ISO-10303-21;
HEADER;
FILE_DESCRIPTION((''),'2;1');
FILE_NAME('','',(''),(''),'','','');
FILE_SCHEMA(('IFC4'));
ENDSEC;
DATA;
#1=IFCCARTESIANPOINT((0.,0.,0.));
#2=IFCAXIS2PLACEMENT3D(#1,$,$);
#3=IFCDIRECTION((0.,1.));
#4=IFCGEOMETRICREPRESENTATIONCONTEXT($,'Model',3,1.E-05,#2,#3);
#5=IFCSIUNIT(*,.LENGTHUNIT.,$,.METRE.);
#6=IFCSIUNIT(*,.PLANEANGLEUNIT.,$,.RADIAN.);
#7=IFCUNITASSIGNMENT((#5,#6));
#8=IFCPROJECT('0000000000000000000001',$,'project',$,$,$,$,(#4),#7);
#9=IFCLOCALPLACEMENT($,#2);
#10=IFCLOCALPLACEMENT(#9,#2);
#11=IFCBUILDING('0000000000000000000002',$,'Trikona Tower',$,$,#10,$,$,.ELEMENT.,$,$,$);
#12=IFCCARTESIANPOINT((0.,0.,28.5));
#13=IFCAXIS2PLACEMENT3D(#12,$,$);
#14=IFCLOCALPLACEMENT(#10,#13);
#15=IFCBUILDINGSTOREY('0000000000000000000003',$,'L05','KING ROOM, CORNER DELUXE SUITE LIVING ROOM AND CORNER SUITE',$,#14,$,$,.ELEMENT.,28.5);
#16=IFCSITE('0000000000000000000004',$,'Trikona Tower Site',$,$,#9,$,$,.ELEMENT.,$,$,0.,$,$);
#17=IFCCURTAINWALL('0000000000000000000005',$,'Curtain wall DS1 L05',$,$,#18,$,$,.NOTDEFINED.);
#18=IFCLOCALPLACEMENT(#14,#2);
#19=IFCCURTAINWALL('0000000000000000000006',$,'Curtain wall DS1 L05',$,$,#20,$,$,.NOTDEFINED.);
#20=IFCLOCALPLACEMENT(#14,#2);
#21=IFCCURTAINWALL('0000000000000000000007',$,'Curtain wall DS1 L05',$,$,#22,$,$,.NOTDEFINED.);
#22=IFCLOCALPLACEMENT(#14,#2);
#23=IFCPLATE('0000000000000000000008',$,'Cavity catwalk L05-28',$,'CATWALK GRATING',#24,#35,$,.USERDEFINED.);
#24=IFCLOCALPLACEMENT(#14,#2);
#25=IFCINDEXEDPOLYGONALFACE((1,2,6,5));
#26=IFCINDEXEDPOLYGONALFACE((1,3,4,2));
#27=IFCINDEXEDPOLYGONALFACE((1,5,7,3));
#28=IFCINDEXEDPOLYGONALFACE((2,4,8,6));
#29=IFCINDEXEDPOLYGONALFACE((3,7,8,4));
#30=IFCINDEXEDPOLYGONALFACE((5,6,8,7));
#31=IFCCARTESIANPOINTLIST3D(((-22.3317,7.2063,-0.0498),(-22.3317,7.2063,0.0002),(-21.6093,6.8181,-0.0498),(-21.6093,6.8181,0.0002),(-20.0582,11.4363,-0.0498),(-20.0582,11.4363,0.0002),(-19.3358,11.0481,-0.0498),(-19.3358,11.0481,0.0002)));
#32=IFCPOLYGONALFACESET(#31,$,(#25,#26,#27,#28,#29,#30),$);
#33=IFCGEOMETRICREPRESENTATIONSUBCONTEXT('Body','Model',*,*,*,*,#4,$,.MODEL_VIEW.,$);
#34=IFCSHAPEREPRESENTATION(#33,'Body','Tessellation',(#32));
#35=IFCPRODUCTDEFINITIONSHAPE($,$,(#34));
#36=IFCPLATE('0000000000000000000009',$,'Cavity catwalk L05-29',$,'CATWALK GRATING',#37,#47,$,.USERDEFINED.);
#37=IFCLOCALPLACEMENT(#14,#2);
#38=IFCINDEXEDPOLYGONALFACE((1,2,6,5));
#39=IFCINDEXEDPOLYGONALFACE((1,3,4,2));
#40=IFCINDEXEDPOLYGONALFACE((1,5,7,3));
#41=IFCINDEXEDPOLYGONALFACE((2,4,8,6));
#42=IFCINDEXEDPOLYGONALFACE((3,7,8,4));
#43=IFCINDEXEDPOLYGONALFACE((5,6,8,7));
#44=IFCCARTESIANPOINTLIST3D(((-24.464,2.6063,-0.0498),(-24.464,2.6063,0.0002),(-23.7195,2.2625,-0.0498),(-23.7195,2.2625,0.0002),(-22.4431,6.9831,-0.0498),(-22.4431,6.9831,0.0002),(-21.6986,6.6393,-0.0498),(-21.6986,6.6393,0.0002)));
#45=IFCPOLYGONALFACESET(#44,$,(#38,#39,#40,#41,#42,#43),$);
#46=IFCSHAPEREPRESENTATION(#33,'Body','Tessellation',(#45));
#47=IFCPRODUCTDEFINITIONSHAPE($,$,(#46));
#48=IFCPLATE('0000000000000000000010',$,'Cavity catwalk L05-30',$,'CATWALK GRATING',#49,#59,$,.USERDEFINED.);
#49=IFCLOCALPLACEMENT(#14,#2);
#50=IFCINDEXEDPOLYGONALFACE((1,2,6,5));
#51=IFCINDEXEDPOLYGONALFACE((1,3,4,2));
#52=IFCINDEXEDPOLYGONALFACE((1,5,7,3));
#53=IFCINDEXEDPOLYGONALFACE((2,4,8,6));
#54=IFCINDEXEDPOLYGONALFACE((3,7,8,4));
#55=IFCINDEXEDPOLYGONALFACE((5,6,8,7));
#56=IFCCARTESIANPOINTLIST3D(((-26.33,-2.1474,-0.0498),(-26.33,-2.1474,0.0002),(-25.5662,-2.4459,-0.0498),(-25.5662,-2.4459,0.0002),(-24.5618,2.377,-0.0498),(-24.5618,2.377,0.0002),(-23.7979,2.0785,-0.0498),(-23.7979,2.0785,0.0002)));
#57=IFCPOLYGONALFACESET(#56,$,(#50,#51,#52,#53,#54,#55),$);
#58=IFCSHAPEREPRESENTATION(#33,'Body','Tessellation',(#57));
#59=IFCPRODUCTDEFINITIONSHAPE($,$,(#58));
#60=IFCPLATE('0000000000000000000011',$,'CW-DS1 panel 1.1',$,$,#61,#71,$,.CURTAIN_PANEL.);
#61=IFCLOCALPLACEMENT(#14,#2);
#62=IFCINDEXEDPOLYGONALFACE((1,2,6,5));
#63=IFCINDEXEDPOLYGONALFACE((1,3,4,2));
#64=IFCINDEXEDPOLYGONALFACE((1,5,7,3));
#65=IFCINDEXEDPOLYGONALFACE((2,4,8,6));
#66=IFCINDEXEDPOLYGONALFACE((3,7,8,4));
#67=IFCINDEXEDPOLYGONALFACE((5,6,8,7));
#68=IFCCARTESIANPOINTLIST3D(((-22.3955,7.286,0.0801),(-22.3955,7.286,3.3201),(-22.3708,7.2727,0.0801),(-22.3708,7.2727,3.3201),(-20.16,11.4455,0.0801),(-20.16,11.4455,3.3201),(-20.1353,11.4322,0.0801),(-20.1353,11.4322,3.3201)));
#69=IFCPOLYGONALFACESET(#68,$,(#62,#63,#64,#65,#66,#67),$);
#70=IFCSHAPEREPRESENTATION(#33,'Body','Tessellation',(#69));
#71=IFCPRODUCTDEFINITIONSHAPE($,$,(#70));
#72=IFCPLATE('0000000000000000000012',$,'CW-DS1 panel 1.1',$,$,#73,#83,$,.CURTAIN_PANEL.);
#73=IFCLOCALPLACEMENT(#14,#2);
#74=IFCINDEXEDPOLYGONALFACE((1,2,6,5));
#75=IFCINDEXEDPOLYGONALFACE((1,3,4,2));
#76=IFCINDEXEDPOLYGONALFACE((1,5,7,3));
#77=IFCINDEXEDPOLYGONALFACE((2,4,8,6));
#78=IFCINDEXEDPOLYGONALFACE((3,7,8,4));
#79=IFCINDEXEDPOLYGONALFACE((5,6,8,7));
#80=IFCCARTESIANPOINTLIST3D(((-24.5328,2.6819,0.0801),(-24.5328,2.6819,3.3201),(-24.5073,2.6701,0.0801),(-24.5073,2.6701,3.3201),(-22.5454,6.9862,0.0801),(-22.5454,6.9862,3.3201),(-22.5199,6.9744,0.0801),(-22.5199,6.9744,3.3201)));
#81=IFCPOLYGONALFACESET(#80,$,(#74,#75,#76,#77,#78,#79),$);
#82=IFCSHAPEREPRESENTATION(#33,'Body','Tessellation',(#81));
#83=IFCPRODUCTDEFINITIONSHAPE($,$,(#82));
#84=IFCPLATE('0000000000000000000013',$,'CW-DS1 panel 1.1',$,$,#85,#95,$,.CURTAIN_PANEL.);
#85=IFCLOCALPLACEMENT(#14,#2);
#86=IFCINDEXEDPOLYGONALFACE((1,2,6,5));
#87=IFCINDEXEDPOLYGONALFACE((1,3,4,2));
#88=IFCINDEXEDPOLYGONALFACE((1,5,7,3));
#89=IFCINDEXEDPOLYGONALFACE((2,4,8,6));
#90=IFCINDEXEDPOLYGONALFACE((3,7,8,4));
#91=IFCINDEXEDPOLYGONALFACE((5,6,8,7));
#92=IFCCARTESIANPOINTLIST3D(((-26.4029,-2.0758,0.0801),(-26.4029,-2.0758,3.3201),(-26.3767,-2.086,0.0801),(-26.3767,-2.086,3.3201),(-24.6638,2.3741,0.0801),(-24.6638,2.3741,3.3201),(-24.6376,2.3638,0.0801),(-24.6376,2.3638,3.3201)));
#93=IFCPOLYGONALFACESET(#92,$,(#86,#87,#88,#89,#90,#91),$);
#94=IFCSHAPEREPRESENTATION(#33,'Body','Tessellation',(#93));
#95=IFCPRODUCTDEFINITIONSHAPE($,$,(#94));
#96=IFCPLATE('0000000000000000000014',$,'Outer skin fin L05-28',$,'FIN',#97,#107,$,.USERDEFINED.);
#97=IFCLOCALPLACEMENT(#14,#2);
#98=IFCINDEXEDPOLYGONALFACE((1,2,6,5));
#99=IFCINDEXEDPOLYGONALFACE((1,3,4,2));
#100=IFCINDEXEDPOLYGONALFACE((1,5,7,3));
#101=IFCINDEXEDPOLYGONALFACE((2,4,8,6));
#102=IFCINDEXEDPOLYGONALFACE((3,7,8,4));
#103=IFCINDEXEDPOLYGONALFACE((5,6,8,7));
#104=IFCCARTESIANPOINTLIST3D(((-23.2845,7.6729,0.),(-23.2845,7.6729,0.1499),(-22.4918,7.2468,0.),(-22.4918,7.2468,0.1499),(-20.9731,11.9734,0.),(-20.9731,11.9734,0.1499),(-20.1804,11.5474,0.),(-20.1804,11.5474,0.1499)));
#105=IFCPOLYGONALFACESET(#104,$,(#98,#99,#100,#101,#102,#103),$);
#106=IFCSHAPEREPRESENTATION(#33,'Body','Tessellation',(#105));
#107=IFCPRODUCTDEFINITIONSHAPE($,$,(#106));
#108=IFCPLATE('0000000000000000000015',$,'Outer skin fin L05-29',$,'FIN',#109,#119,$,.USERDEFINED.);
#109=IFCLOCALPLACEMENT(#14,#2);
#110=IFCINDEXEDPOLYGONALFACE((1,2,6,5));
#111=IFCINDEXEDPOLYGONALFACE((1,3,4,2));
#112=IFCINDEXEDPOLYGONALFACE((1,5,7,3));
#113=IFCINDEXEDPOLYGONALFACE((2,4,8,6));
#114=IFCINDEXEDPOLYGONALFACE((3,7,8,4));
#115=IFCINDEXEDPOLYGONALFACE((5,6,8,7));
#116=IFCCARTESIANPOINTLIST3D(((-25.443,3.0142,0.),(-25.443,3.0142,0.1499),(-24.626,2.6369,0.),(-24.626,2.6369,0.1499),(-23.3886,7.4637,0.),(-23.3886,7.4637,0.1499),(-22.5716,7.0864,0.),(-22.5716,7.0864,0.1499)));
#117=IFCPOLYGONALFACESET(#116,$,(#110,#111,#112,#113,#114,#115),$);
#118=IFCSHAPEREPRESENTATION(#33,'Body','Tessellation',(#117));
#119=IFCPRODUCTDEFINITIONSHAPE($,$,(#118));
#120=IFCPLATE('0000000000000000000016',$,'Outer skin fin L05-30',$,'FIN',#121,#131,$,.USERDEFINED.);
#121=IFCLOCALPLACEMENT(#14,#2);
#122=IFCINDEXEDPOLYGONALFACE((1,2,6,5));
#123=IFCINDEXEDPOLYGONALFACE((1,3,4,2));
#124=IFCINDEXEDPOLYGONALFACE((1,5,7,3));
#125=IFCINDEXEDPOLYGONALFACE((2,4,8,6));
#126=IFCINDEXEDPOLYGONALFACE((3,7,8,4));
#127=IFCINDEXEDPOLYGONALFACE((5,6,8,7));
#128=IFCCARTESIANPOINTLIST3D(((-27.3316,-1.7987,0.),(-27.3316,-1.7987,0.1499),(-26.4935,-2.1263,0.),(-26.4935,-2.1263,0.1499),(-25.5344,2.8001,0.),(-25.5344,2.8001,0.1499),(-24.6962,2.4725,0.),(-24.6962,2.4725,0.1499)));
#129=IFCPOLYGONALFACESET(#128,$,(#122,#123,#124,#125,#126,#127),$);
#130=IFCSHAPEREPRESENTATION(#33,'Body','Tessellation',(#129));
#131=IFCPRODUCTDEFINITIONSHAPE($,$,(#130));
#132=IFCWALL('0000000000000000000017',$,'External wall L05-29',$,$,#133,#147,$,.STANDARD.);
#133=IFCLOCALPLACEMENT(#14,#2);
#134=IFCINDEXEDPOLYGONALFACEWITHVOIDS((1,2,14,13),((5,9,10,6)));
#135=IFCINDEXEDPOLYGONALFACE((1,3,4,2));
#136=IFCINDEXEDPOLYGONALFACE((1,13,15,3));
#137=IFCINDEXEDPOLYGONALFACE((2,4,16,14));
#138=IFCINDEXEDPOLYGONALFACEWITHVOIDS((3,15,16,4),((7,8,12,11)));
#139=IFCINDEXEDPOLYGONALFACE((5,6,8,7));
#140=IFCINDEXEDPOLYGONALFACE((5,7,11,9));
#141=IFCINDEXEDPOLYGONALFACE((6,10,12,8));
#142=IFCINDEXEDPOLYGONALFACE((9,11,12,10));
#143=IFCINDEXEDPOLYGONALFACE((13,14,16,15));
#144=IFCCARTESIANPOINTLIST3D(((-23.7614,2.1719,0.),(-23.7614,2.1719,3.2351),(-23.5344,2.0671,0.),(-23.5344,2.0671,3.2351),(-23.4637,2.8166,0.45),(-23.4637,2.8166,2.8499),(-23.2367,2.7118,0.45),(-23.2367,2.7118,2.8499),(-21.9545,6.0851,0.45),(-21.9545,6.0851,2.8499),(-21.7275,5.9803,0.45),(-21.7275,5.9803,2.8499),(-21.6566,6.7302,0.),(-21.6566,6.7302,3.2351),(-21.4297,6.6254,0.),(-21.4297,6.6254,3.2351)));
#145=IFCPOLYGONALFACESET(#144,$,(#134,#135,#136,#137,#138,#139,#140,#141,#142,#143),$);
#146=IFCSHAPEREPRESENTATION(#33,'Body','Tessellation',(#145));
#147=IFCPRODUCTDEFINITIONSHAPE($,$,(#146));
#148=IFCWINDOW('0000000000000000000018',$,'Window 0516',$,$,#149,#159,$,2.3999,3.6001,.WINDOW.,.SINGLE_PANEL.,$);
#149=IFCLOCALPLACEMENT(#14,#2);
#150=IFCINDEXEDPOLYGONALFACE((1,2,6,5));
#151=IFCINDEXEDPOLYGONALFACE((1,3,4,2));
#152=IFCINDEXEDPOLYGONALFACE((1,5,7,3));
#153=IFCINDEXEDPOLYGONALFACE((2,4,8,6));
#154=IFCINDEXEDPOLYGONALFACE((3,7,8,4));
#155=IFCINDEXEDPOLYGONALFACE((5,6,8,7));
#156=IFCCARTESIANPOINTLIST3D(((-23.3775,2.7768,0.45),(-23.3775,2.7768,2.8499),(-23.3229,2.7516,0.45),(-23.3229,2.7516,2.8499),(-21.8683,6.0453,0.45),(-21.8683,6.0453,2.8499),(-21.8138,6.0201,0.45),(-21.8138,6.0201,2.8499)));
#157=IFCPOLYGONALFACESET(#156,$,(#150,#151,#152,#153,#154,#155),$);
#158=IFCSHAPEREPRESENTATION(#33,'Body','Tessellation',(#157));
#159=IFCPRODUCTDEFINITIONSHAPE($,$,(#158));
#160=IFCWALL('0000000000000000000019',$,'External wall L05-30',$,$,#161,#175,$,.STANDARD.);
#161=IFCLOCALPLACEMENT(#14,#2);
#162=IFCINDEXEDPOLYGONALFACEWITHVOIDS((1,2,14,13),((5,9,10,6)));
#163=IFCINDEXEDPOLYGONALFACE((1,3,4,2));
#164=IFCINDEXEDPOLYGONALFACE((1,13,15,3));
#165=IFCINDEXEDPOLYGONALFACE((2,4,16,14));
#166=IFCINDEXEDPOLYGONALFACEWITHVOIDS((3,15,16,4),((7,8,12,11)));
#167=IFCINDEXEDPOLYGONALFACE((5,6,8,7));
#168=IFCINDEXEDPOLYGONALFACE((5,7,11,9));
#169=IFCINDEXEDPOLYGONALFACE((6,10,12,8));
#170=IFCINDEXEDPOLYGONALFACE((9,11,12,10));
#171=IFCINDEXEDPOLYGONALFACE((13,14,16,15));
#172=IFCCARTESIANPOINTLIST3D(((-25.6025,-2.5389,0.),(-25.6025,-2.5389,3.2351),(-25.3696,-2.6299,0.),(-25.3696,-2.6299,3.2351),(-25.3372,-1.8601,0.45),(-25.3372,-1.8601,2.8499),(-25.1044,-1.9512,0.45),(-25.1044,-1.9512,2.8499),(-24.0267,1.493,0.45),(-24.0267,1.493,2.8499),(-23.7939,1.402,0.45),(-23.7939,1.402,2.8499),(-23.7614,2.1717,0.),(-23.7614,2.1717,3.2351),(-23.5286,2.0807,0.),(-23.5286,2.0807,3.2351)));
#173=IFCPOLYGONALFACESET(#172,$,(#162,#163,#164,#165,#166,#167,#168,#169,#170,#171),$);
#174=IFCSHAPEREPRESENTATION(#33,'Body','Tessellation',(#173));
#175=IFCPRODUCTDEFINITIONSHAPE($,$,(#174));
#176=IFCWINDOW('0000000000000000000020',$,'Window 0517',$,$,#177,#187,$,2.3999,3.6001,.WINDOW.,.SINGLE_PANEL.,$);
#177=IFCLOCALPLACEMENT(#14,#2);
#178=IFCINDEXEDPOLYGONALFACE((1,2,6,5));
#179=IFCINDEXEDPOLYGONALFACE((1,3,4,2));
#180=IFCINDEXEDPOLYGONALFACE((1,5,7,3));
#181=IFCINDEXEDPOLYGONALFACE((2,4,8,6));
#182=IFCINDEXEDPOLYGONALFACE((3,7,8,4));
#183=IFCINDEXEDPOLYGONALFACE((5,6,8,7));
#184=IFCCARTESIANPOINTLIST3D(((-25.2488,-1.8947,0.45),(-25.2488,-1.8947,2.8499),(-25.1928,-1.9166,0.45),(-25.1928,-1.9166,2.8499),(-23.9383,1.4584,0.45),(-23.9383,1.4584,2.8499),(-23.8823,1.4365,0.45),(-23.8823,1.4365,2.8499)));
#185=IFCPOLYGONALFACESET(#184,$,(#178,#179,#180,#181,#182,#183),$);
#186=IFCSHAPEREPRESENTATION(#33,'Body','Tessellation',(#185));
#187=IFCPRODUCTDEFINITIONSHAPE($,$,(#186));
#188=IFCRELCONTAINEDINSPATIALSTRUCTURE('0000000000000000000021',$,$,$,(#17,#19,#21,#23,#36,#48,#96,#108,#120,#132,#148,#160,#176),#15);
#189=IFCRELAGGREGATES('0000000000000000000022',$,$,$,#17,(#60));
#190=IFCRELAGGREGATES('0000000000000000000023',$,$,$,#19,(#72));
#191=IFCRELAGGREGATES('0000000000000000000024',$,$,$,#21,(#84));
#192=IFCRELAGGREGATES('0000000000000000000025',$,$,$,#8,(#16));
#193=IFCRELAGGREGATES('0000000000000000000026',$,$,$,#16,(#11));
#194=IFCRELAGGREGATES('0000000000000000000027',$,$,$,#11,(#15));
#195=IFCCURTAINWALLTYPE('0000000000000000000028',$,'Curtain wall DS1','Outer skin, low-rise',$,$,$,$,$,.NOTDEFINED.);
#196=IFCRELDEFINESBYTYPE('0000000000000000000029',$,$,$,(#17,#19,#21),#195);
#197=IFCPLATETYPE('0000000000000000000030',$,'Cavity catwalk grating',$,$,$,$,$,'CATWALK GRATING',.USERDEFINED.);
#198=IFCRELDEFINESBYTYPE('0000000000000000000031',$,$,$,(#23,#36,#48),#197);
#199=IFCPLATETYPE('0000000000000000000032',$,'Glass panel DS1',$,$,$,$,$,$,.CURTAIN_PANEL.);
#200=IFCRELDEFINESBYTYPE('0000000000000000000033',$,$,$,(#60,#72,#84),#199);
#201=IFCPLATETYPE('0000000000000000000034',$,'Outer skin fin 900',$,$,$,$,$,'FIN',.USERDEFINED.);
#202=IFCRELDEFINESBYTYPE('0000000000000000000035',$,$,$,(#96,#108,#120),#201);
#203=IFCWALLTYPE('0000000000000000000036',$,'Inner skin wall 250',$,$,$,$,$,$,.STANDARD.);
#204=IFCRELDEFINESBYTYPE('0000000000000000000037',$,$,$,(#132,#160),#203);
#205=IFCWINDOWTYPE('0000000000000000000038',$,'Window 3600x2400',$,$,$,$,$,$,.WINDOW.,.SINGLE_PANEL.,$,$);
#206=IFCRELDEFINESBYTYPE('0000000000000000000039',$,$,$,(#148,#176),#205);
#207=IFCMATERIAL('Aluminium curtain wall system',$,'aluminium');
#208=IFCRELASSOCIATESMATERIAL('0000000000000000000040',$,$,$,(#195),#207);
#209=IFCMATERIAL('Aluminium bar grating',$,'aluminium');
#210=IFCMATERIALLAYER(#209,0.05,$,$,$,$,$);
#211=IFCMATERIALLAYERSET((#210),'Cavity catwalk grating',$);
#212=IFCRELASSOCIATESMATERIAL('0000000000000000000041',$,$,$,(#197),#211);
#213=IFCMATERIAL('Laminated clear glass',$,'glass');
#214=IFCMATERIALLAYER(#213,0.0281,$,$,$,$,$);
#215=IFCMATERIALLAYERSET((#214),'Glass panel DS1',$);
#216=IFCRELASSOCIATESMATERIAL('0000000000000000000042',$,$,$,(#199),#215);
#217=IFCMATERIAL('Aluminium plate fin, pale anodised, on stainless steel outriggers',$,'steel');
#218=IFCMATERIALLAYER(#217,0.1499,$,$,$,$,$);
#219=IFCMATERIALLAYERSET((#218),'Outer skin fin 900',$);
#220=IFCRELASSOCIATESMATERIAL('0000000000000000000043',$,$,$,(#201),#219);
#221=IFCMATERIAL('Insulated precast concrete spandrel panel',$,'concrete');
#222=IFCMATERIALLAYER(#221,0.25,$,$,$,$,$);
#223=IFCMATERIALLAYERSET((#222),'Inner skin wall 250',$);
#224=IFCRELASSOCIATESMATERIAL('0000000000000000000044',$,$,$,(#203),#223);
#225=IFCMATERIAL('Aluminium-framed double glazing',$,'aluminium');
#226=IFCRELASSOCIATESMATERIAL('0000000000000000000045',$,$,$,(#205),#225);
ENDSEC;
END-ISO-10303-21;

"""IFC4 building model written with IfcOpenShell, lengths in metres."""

from ifc_helpers import new_model, si_unit, direction, frame, frame_2d, origin, origin_2d, place, context, subcontext, project, spatial, rectangle, extrude, material, layer, layer_set, type_object, element, fill, aggregate, save


model = new_model("IFC4")

# Units and contexts
model_context = context("Model", 3, precision=1e-05, world=origin(), true_north=direction((0.0, 1.0)))
body_context = subcontext(model_context, "Body", "Model", "MODEL_VIEW")
ifc_project = project(units=[si_unit("LENGTHUNIT", "METRE"), si_unit("PLANEANGLEUNIT", "RADIAN")], contexts=[model_context])

# Site, building, storey
site_placement = place(None, origin())
site = spatial("IfcSite", under=ifc_project, at=site_placement, Name="Trikona Tower Site", CompositionType="ELEMENT", RefElevation=0.0)
building_placement = place(site_placement, origin())
building = spatial("IfcBuilding", under=site, at=building_placement, Name="Trikona Tower", CompositionType="ELEMENT")
storey_placement = place(building_placement, frame((0.0, 0.0, 28.5)))
storey = spatial("IfcBuildingStorey", under=building, at=storey_placement, Name="L05", Description="KING ROOM, CORNER DELUXE SUITE LIVING ROOM AND CORNER SUITE", CompositionType="ELEMENT", Elevation=28.5)

# Curtain wall
ifc_material_1 = material(Name="Aluminium curtain wall system", Category="aluminium")
curtain_wall_type = type_object("IfcCurtainWallType", Name="Curtain wall DS1", Description="Outer skin, low-rise", PredefinedType="NOTDEFINED", material=ifc_material_1)
curtain_wall_1_placement = place(storey_placement, origin())
curtain_wall_1 = element("IfcCurtainWall", 1, at=curtain_wall_1_placement, inside=storey, type_object=curtain_wall_type, Name="Curtain wall DS1 L05", PredefinedType="NOTDEFINED")

# Curtain wall
curtain_wall_2_placement = place(storey_placement, origin())
curtain_wall_2 = element("IfcCurtainWall", 2, at=curtain_wall_2_placement, inside=storey, type_object=curtain_wall_type, Name="Curtain wall DS1 L05", PredefinedType="NOTDEFINED")

# Curtain wall
curtain_wall_3_placement = place(storey_placement, origin())
curtain_wall_3 = element("IfcCurtainWall", 3, at=curtain_wall_3_placement, inside=storey, type_object=curtain_wall_type, Name="Curtain wall DS1 L05", PredefinedType="NOTDEFINED")

# Plates
ifc_material_2 = material(Name="Aluminium bar grating", Category="aluminium")
ifc_layer_1 = layer(ifc_material_2, 0.05)
ifc_layer_set_1 = layer_set([ifc_layer_1], Name="Cavity catwalk grating")
plate_type_1 = type_object("IfcPlateType", Name="Cavity catwalk grating", ElementType="CATWALK GRATING", PredefinedType="USERDEFINED", material=ifc_layer_set_1)
plate_1_placement = place(storey_placement, frame((-20.8337, 9.1272, -0.0498), z_axis=(0.0, 0.0, 1.0), x_axis=(-0.473423, -0.880835, 0.0)))
element("IfcPlate", 4, at=plate_1_placement, inside=storey, type_object=plate_type_1, Name="Cavity catwalk L05-28", ObjectType="CATWALK GRATING", PredefinedType="USERDEFINED", context=body_context, shape_type="SweptSolid", body=[
    extrude(rectangle(XDim=4.8022, YDim=0.8201, at=origin_2d()), origin(), (0.0, 0.0, 1.0), 0.05),
])
plate_2_placement = place(storey_placement, frame((-23.0813, 4.6228, -0.0498), z_axis=(0.0, 0.0, 1.0), x_axis=(-0.419194, -0.907897, 0.0)))
element("IfcPlate", 5, at=plate_2_placement, inside=storey, type_object=plate_type_1, Name="Cavity catwalk L05-29", ObjectType="CATWALK GRATING", PredefinedType="USERDEFINED", context=body_context, shape_type="SweptSolid", body=[
    extrude(rectangle(XDim=4.8208, YDim=0.8201, at=origin_2d()), origin(), (0.0, 0.0, 1.0), 0.05),
])
plate_3_placement = place(storey_placement, frame((-25.064, -0.0344, -0.0498), z_axis=(0.0, 0.0, 1.0), x_axis=(-0.364009, -0.931395, 0.0)))
element("IfcPlate", 6, at=plate_3_placement, inside=storey, type_object=plate_type_1, Name="Cavity catwalk L05-30", ObjectType="CATWALK GRATING", PredefinedType="USERDEFINED", context=body_context, shape_type="SweptSolid", body=[
    extrude(rectangle(XDim=4.8577, YDim=0.8201, at=origin_2d()), origin(), (0.0, 0.0, 1.0), 0.05),
])

# Plates
ifc_material_3 = material(Name="Laminated clear glass", Category="glass")
ifc_layer_2 = layer(ifc_material_3, 0.0281)
ifc_layer_set_2 = layer_set([ifc_layer_2], Name="Glass panel DS1")
plate_type_2 = type_object("IfcPlateType", Name="Glass panel DS1", PredefinedType="CURTAIN_PANEL", material=ifc_layer_set_2)
plate_4_placement = place(storey_placement, frame((-21.2654, 9.3591, 0.0801), z_axis=(0.0, 0.0, 1.0), x_axis=(-0.473408, -0.880843, 0.0)))
plate_4 = element("IfcPlate", 7, at=plate_4_placement, type_object=plate_type_2, Name="CW-DS1 panel 1.1", PredefinedType="CURTAIN_PANEL", context=body_context, shape_type="SweptSolid", body=[
    extrude(rectangle(XDim=4.7222, YDim=0.0281, at=origin_2d()), origin(), (0.0, 0.0, 1.0), 3.24),
])
aggregate(curtain_wall_1, [plate_4])
plate_5_placement = place(storey_placement, frame((-23.5264, 4.8281, 0.0801), z_axis=(0.0, 0.0, 1.0), x_axis=(-0.41919, -0.907898, 0.0)))
plate_5 = element("IfcPlate", 8, at=plate_5_placement, type_object=plate_type_2, Name="CW-DS1 panel 1.1", PredefinedType="CURTAIN_PANEL", context=body_context, shape_type="SweptSolid", body=[
    extrude(rectangle(XDim=4.741, YDim=0.0281, at=origin_2d()), origin(), (0.0, 0.0, 1.0), 3.24),
])
aggregate(curtain_wall_2, [plate_5])
plate_6_placement = place(storey_placement, frame((-25.5203, 0.144, 0.0801), z_axis=(0.0, 0.0, 1.0), x_axis=(-0.364008, -0.931396, 0.0)))
plate_6 = element("IfcPlate", 9, at=plate_6_placement, type_object=plate_type_2, Name="CW-DS1 panel 1.1", PredefinedType="CURTAIN_PANEL", context=body_context, shape_type="SweptSolid", body=[
    extrude(rectangle(XDim=4.7776, YDim=0.0281, at=origin_2d()), origin(), (0.0, 0.0, 1.0), 3.24),
])
aggregate(curtain_wall_3, [plate_6])

# Plates
ifc_material_4 = material(Name="Aluminium plate fin, pale anodised, on stainless steel outriggers", Category="steel")
ifc_layer_3 = layer(ifc_material_4, 0.1499)
ifc_layer_set_3 = layer_set([ifc_layer_3], Name="Outer skin fin 900")
plate_type_3 = type_object("IfcPlateType", Name="Outer skin fin 900", ElementType="FIN", PredefinedType="USERDEFINED", material=ifc_layer_set_3)
plate_7_placement = place(storey_placement, frame((-21.7324, 9.6101, 0.0), z_axis=(0.0, 0.0, 1.0), x_axis=(-0.473423, -0.880835, 0.0)))
element("IfcPlate", 10, at=plate_7_placement, inside=storey, type_object=plate_type_3, Name="Outer skin fin L05-28", ObjectType="FIN", PredefinedType="USERDEFINED", context=body_context, shape_type="SweptSolid", body=[
    extrude(rectangle(XDim=4.8823, YDim=0.8999, at=origin_2d()), origin(), (0.0, 0.0, 1.0), 0.1499),
])
plate_8_placement = place(storey_placement, frame((-24.0073, 5.0503, 0.0), z_axis=(0.0, 0.0, 1.0), x_axis=(-0.419194, -0.907897, 0.0)))
element("IfcPlate", 11, at=plate_8_placement, inside=storey, type_object=plate_type_3, Name="Outer skin fin L05-29", ObjectType="FIN", PredefinedType="USERDEFINED", context=body_context, shape_type="SweptSolid", body=[
    extrude(rectangle(XDim=4.9009, YDim=0.8999, at=origin_2d()), origin(), (0.0, 0.0, 1.0), 0.1499),
])
plate_9_placement = place(storey_placement, frame((-26.0139, 0.3369, 0.0), z_axis=(0.0, 0.0, 1.0), x_axis=(-0.364009, -0.931395, 0.0)))
element("IfcPlate", 12, at=plate_9_placement, inside=storey, type_object=plate_type_3, Name="Outer skin fin L05-30", ObjectType="FIN", PredefinedType="USERDEFINED", context=body_context, shape_type="SweptSolid", body=[
    extrude(rectangle(XDim=4.9375, YDim=0.8999, at=origin_2d()), origin(), (0.0, 0.0, 1.0), 0.1499),
])

# Walls, openings, windows
ifc_material_5 = material(Name="Insulated precast concrete spandrel panel", Category="concrete")
ifc_layer_4 = layer(ifc_material_5, 0.25)
ifc_layer_set_4 = layer_set([ifc_layer_4], Name="Inner skin wall 250")
wall_type = type_object("IfcWallType", Name="Inner skin wall 250", PredefinedType="STANDARD", material=ifc_layer_set_4)
wall_1_placement = place(storey_placement, frame((-21.5432, 6.6777, 0.0), z_axis=(0.0, 0.0, 1.0), x_axis=(-0.419203, -0.907892, 0.0)))
wall_1 = element("IfcWall", 13, at=wall_1_placement, inside=storey, type_object=wall_type, Name="External wall L05-29", PredefinedType="STANDARD", context=body_context, shape_type="SweptSolid", body=[
    extrude(rectangle(XDim=5.0208, YDim=0.25, at=frame_2d((2.5103, 0.0))), origin(), (0.0, 0.0, 1.0), 3.2351),
])
opening_1_placement = place(wall_1_placement, frame((0.7104, 0.0, 0.45)))
opening_1 = element("IfcOpeningElement", 14, at=opening_1_placement, cuts=wall_1, PredefinedType="OPENING", context=body_context, shape_type="SweptSolid", body=[
    extrude(rectangle(XDim=3.6001, YDim=2.3999, at=frame_2d((1.8, 1.2))), frame((0.0, 0.135, 0.0), z_axis=(0.0, -1.0, 0.0), x_axis=(1.0, 0.0, 0.0)), (0.0, 0.0, 1.0), 0.27),
])
ifc_material_6 = material(Name="Aluminium-framed double glazing", Category="aluminium")
window_type = type_object("IfcWindowType", Name="Window 3600x2400", PartitioningType="SINGLE_PANEL", PredefinedType="WINDOW", material=ifc_material_6)
window_1_placement = place(opening_1_placement, origin())
window_1 = element("IfcWindow", 15, at=window_1_placement, inside=storey, type_object=window_type, Name="Window 0516", OverallHeight=2.3999, OverallWidth=3.6001, PartitioningType="SINGLE_PANEL", PredefinedType="WINDOW", context=body_context, shape_type="SweptSolid", body=[
    extrude(rectangle(XDim=3.6001, YDim=2.3999, at=frame_2d((1.8, 1.2))), frame((0.0, 0.03, 0.0), z_axis=(0.0, -1.0, 0.0), x_axis=(1.0, 0.0, 0.0)), (0.0, 0.0, 1.0), 0.0601),
])
fill(opening_1, window_1)
wall_2_placement = place(storey_placement, frame((-23.645, 2.1262, 0.0), z_axis=(0.0, 0.0, 1.0), x_axis=(-0.364013, -0.931394, 0.0)))
wall_2 = element("IfcWall", 16, at=wall_2_placement, inside=storey, type_object=wall_type, Name="External wall L05-30", PredefinedType="STANDARD", context=body_context, shape_type="SweptSolid", body=[
    extrude(rectangle(XDim=5.0576, YDim=0.25, at=frame_2d((2.5288, 0.0))), origin(), (0.0, 0.0, 1.0), 3.2351),
])
opening_2_placement = place(wall_2_placement, frame((0.7288, 0.0, 0.45)))
opening_2 = element("IfcOpeningElement", 17, at=opening_2_placement, cuts=wall_2, PredefinedType="OPENING", context=body_context, shape_type="SweptSolid", body=[
    extrude(rectangle(XDim=3.6001, YDim=2.3999, at=frame_2d((1.8, 1.2))), frame((0.0, 0.135, 0.0), z_axis=(0.0, -1.0, 0.0), x_axis=(1.0, 0.0, 0.0)), (0.0, 0.0, 1.0), 0.27),
])
window_2_placement = place(opening_2_placement, origin())
window_2 = element("IfcWindow", 18, at=window_2_placement, inside=storey, type_object=window_type, Name="Window 0517", OverallHeight=2.3999, OverallWidth=3.6001, PartitioningType="SINGLE_PANEL", PredefinedType="WINDOW", context=body_context, shape_type="SweptSolid", body=[
    extrude(rectangle(XDim=3.6001, YDim=2.3999, at=frame_2d((1.8, 1.2))), frame((0.0, 0.03, 0.0), z_axis=(0.0, -1.0, 0.0), x_axis=(1.0, 0.0, 0.0)), (0.0, 0.0, 1.0), 0.0601),
])
fill(opening_2, window_2)

save(model, "model.ifc")
